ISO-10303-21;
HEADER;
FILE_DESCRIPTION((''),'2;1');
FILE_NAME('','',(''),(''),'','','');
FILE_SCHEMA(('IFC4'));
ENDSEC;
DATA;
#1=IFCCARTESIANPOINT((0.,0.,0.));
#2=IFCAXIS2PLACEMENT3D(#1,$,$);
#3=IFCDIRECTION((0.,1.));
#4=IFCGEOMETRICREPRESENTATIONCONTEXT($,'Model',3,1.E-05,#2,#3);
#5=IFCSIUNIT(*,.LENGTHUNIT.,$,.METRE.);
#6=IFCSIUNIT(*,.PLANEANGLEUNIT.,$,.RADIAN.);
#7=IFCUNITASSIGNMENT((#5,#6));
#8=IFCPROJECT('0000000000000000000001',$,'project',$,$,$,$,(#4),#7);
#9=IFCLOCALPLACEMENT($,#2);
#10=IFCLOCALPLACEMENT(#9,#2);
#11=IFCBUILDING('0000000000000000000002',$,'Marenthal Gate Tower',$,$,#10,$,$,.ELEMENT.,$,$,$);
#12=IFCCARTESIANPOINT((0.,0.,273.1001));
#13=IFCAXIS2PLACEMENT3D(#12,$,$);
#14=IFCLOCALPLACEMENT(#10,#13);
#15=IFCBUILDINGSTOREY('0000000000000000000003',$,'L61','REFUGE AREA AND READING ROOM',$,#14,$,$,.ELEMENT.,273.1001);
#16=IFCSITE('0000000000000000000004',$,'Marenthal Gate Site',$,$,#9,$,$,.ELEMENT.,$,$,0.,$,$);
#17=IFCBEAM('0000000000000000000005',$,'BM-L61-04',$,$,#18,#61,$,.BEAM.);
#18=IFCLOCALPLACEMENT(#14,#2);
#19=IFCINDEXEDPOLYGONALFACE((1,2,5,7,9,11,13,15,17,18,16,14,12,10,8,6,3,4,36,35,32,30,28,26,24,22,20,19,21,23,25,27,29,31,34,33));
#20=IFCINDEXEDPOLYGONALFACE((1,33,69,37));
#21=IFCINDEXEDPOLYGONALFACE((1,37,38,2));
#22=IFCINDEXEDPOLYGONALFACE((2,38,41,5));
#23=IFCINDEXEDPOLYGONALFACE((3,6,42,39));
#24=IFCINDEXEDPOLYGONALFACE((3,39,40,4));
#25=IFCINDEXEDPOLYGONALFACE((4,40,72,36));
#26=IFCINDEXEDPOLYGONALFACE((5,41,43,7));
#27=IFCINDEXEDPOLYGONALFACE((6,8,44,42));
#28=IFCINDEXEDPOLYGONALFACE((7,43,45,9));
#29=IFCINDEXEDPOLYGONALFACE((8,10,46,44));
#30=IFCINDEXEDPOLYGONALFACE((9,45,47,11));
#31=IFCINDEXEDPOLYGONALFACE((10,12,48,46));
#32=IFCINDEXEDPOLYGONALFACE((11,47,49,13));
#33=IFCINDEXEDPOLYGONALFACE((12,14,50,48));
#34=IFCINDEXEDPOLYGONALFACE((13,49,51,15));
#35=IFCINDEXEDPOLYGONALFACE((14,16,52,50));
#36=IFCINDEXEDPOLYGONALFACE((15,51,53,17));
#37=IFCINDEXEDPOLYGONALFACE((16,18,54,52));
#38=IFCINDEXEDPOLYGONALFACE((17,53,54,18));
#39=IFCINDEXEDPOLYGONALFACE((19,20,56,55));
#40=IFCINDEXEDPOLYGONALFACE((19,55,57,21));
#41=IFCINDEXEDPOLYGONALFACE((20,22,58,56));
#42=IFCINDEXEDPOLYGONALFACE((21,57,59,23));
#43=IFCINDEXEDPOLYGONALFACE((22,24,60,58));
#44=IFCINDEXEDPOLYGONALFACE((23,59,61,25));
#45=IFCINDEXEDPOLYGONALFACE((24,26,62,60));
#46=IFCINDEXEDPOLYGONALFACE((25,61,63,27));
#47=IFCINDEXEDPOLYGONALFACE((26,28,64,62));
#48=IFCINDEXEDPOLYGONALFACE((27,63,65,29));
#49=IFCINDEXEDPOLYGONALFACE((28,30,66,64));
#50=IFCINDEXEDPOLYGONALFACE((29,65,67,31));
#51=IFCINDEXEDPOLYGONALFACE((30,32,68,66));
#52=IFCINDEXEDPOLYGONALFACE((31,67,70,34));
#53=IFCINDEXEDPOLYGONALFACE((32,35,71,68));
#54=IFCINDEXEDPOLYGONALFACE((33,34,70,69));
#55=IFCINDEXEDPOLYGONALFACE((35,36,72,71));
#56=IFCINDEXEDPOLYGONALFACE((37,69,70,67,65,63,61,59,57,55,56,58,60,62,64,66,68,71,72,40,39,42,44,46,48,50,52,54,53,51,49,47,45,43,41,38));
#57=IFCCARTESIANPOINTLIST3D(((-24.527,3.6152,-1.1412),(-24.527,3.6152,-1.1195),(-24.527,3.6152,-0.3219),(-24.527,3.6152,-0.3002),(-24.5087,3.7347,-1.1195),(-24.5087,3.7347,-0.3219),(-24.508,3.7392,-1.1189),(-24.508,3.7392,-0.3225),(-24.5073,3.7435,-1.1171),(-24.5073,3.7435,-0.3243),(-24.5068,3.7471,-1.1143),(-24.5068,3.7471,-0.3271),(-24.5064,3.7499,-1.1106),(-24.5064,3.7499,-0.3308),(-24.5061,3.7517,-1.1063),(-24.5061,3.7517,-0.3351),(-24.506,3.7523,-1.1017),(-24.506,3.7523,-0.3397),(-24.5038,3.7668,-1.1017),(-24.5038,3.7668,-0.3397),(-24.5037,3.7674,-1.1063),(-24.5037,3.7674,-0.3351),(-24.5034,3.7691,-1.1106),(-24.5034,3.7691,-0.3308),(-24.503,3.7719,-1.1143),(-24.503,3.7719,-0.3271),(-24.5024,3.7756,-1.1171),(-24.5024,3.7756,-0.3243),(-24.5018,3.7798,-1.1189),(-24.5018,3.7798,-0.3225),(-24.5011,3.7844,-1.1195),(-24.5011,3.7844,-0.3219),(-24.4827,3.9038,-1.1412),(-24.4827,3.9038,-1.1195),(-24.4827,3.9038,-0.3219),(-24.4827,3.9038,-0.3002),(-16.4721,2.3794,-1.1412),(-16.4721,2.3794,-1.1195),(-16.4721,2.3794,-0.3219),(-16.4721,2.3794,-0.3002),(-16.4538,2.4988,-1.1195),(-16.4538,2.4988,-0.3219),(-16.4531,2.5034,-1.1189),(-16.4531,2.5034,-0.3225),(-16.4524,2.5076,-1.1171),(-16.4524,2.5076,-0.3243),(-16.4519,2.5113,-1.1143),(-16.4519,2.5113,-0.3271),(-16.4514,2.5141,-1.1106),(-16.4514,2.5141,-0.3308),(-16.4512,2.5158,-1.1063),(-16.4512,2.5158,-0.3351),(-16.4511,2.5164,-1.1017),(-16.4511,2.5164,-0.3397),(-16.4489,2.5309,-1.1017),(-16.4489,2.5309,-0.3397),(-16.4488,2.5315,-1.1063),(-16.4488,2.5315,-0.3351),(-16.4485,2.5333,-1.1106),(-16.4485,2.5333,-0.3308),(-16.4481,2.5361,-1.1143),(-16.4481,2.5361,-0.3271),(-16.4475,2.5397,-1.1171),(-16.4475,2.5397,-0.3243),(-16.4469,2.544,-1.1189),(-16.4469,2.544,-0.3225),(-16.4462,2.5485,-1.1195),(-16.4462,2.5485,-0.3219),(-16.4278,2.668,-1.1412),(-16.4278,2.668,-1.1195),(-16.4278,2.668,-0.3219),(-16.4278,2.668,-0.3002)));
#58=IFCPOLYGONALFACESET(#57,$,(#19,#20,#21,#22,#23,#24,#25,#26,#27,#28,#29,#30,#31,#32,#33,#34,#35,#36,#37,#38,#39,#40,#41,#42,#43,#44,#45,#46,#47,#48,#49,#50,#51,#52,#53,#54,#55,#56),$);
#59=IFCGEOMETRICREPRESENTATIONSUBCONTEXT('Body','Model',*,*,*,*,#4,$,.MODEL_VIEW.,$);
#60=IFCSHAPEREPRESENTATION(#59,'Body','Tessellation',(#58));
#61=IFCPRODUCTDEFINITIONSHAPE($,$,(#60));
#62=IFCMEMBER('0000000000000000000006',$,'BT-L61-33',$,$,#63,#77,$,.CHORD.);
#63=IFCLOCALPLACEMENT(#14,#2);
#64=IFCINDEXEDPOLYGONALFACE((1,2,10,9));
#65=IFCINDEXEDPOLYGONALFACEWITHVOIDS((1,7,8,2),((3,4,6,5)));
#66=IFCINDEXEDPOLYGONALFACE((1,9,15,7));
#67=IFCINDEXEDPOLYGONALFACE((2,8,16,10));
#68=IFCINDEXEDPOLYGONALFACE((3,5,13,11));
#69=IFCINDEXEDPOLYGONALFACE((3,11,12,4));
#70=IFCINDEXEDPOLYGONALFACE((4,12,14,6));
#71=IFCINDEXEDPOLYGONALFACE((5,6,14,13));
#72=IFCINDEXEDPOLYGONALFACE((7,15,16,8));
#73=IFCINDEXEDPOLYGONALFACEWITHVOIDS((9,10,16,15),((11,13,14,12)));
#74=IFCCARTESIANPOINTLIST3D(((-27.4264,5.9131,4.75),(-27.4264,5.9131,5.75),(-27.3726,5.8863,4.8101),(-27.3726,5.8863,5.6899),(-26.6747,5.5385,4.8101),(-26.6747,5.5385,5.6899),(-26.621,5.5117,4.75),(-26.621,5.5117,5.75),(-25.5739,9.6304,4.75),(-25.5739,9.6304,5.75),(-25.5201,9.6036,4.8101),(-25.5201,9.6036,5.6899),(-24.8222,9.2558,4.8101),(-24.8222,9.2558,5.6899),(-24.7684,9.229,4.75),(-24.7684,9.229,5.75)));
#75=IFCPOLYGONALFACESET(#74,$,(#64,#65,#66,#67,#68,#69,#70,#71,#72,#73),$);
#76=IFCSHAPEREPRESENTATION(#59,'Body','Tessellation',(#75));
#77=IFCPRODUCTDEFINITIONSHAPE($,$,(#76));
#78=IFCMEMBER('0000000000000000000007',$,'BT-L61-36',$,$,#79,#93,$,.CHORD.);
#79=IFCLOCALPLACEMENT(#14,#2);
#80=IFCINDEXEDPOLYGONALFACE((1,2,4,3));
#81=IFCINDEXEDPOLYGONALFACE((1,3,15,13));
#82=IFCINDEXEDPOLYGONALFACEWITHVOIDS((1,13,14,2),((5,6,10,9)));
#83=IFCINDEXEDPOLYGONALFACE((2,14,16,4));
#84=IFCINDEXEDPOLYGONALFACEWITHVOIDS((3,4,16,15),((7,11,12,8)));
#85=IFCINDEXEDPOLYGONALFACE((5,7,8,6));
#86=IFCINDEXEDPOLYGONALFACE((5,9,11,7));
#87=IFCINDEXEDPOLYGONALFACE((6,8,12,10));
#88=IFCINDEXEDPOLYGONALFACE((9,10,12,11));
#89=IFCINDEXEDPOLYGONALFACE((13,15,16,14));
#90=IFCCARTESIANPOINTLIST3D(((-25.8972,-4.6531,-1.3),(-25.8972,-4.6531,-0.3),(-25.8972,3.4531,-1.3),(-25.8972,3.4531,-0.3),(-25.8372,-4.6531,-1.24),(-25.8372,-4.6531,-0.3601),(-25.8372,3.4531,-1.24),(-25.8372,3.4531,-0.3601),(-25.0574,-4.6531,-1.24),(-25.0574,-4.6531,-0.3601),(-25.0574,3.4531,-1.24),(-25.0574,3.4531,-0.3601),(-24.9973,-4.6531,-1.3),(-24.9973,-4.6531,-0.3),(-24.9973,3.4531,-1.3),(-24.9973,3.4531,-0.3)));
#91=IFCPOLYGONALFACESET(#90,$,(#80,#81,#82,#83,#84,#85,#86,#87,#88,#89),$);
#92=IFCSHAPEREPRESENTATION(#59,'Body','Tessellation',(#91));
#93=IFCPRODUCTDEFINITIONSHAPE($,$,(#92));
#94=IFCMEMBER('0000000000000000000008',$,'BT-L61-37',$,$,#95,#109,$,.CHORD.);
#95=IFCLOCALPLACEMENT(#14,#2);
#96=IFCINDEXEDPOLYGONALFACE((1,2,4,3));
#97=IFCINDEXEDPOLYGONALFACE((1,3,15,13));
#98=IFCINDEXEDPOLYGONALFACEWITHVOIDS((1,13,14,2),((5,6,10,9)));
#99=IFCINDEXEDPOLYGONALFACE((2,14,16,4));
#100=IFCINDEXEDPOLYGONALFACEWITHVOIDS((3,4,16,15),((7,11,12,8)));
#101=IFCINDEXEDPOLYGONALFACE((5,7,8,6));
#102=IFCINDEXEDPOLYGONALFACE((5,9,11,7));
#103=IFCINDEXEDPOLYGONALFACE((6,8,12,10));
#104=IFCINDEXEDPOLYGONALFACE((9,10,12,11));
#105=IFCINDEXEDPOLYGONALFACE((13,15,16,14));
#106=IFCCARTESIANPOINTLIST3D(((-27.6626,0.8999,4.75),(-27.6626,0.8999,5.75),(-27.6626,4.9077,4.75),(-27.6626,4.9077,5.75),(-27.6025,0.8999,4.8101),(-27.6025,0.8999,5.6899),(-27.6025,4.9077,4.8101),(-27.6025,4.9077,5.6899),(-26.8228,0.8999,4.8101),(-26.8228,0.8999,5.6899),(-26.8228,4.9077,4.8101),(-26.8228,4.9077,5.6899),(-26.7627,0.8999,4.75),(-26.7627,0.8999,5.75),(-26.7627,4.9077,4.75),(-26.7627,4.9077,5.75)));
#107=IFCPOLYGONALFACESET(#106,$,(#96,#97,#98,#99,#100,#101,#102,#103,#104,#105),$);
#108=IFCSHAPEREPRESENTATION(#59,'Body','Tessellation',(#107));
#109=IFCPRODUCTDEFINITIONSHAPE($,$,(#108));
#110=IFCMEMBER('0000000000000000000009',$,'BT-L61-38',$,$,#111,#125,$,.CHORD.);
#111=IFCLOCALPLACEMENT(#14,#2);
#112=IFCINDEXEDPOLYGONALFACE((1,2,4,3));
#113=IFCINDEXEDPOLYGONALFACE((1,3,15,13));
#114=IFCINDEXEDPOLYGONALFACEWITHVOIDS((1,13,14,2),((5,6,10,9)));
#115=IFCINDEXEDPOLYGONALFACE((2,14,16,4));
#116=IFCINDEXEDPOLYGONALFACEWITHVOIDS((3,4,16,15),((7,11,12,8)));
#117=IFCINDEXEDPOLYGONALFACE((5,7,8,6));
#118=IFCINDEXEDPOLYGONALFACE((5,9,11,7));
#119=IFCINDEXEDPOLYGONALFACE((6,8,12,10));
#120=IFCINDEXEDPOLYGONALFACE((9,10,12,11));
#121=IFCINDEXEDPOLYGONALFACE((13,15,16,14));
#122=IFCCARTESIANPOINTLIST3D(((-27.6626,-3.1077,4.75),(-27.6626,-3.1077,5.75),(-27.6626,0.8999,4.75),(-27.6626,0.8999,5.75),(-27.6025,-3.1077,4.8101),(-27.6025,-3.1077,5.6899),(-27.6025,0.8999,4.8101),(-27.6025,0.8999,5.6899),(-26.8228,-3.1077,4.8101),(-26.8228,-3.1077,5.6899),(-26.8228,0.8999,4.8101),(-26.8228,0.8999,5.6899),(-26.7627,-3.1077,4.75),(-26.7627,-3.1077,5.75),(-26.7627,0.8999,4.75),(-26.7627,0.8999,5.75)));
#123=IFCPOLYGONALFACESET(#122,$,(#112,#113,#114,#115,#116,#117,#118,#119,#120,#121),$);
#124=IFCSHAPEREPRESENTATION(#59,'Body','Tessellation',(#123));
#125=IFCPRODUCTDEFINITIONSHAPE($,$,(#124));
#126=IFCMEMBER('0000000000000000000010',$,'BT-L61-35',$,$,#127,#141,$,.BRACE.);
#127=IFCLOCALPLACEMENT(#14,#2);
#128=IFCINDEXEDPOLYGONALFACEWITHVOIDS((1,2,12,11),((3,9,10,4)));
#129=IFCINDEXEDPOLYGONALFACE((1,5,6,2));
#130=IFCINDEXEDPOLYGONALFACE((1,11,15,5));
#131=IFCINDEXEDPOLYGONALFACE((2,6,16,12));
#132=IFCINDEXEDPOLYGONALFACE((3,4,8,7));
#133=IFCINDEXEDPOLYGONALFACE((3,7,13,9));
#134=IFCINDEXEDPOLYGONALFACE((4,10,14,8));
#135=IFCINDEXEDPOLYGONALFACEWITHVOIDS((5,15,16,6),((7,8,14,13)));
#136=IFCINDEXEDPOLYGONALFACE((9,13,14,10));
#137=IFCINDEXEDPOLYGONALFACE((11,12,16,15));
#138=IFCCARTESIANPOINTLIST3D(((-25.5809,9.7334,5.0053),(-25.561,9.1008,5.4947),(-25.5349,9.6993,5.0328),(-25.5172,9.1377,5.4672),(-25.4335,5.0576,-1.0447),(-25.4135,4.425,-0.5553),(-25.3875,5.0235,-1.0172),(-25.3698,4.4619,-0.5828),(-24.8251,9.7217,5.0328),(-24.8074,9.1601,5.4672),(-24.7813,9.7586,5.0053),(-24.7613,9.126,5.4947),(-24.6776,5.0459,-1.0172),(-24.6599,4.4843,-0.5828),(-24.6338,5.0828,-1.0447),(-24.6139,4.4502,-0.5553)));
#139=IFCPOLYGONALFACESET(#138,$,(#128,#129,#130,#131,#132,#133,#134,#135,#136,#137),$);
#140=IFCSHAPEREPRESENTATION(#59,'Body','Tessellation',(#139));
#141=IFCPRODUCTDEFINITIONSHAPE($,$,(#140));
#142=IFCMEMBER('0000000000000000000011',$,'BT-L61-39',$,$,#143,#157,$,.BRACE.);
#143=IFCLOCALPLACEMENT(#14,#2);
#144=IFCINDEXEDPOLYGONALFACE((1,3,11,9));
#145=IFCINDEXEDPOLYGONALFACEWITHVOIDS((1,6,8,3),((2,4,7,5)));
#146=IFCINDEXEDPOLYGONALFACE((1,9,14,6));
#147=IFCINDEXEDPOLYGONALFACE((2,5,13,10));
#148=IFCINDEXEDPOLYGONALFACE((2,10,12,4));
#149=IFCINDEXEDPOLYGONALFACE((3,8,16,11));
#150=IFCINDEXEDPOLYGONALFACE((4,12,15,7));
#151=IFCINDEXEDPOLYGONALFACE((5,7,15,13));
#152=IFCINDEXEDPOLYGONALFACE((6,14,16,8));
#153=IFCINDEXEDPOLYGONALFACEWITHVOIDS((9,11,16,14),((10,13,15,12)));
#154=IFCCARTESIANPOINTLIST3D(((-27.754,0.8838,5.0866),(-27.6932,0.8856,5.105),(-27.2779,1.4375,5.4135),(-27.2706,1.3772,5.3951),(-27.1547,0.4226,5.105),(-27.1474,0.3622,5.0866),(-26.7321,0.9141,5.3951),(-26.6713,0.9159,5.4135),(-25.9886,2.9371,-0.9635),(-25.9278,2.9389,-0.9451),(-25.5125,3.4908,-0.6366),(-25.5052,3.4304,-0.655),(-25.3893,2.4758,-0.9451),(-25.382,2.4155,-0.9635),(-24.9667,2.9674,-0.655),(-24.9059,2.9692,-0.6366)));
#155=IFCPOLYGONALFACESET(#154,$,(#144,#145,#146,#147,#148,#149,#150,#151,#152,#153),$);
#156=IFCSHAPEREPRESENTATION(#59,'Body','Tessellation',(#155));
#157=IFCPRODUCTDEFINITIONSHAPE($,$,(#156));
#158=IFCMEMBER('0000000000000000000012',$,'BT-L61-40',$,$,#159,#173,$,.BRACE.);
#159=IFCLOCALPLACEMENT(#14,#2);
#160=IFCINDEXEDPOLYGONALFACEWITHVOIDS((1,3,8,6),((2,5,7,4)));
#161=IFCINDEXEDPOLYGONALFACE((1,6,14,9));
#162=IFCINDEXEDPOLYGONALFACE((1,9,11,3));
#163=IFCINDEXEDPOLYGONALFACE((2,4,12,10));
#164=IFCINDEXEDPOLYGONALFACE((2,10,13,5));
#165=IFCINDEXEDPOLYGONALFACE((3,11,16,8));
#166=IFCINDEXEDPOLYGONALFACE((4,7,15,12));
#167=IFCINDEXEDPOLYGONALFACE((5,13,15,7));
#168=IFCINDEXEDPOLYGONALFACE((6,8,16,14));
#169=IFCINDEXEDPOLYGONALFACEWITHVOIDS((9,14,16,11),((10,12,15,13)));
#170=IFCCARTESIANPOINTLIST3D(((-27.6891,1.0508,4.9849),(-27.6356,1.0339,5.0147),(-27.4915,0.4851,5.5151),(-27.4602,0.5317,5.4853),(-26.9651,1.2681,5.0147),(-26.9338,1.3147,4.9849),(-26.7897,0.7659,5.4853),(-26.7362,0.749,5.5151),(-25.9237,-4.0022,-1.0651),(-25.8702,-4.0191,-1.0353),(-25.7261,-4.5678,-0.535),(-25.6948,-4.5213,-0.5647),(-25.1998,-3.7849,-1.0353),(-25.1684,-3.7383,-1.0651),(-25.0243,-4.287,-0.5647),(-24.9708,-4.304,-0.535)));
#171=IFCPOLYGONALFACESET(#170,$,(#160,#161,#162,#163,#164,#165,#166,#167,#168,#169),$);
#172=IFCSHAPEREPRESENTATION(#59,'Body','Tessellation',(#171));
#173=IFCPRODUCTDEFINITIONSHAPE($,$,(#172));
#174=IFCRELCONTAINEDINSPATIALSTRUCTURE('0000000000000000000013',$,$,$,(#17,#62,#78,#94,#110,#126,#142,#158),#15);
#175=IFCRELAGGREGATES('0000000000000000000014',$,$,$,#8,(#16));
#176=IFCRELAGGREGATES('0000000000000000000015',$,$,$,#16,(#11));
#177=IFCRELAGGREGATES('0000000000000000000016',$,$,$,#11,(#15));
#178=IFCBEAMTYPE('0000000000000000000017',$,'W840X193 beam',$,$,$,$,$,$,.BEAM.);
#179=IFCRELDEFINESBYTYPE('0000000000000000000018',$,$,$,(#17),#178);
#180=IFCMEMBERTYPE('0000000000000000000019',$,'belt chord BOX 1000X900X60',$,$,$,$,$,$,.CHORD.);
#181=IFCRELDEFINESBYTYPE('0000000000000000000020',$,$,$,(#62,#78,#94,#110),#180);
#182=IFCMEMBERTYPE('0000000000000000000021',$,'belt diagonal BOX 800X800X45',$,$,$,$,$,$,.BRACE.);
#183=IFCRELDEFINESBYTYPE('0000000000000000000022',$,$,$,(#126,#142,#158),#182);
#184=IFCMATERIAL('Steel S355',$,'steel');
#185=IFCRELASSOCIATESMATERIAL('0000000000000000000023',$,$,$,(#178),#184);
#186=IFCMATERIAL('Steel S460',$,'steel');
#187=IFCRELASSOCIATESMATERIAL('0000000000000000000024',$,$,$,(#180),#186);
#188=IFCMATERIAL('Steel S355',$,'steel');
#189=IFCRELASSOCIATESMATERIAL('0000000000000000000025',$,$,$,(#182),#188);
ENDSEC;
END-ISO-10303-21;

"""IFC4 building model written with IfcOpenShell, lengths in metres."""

from ifc_helpers import new_model, si_unit, direction, frame, origin, origin_2d, place, context, subcontext, project, spatial, hollow_rectangle, i_section, extrude, material, material_profile, profile_set, type_object, element, save


model = new_model("IFC4")

# Units and contexts
model_context = context("Model", 3, precision=1e-05, world=origin(), true_north=direction((0.0, 1.0)))
body_context = subcontext(model_context, "Body", "Model", "MODEL_VIEW")
ifc_project = project(units=[si_unit("LENGTHUNIT", "METRE"), si_unit("PLANEANGLEUNIT", "RADIAN")], contexts=[model_context])

# Site, building, storey
site_placement = place(None, origin())
site = spatial("IfcSite", under=ifc_project, at=site_placement, Name="Marenthal Gate Site", CompositionType="ELEMENT", RefElevation=0.0)
building_placement = place(site_placement, origin())
building = spatial("IfcBuilding", under=site, at=building_placement, Name="Marenthal Gate Tower", CompositionType="ELEMENT")
storey_placement = place(building_placement, frame((0.0, 0.0, 273.1001)))
storey = spatial("IfcBuildingStorey", under=building, at=storey_placement, Name="L61", Description="REFUGE AREA AND READING ROOM", CompositionType="ELEMENT", Elevation=273.1001)

# Beam
ifc_material_1 = material(Name="Steel S355", Category="steel")
ifc_material_profile_1 = material_profile(ifc_material_1, i_section(OverallWidth=0.292, OverallDepth=0.8411, WebThickness=0.0146, FlangeThickness=0.0217, FilletRadius=0.0178, at=origin_2d()), Name="W840X193")
ifc_profile_set_1 = profile_set([ifc_material_profile_1], Name="Steel S355")
beam_type_1 = type_object("IfcBeamType", Name="W840X193 beam", PredefinedType="BEAM", material=ifc_profile_set_1)
beam_1_placement = place(storey_placement, frame((-24.5049, 3.7595, -0.7207), z_axis=(0.988434, -0.151652, 0.0), x_axis=(0.151652, 0.988434, 0.0)))
element("IfcBeam", 1, at=beam_1_placement, inside=storey, type_object=beam_type_1, Name="BM-L61-04", PredefinedType="BEAM", context=body_context, shape_type="SweptSolid", body=[
    extrude(i_section(OverallWidth=0.292, OverallDepth=0.8411, WebThickness=0.0146, FlangeThickness=0.0217, FilletRadius=0.0178, at=origin_2d()), origin(), (0.0, 0.0, 1.0), 8.1492),
])

# Members
ifc_material_2 = material(Name="Steel S460", Category="steel")
ifc_material_profile_2 = material_profile(ifc_material_2, hollow_rectangle(XDim=0.8999, YDim=1.0, WallThickness=0.0601, at=origin_2d()), Name="BOX 1000X900X60")
ifc_profile_set_2 = profile_set([ifc_material_profile_2], Name="Steel S460")
member_type_1 = type_object("IfcMemberType", Name="belt chord BOX 1000X900X60", PredefinedType="CHORD", material=ifc_profile_set_2)
member_1_placement = place(storey_placement, frame((-25.1711, 9.4297, 5.25), z_axis=(-0.446038, -0.895014, 0.0), x_axis=(0.895014, -0.446038, 0.0)))
element("IfcMember", 2, at=member_1_placement, inside=storey, type_object=member_type_1, Name="BT-L61-33", PredefinedType="CHORD", context=body_context, shape_type="SweptSolid", body=[
    extrude(hollow_rectangle(XDim=0.8999, YDim=1.0, WallThickness=0.0601, at=origin_2d()), origin(), (0.0, 0.0, 1.0), 4.1533),
])
member_2_placement = place(storey_placement, frame((-25.4473, 3.4531, -0.8), z_axis=(0.0, -1.0, 0.0), x_axis=(1.0, 0.0, 0.0)))
element("IfcMember", 3, at=member_2_placement, inside=storey, type_object=member_type_1, Name="BT-L61-36", PredefinedType="CHORD", context=body_context, shape_type="SweptSolid", body=[
    extrude(hollow_rectangle(XDim=0.8999, YDim=1.0, WallThickness=0.0601, at=origin_2d()), origin(), (0.0, 0.0, 1.0), 8.1062),
])
member_3_placement = place(storey_placement, frame((-27.2126, 4.9077, 5.25), z_axis=(0.0, -1.0, 0.0), x_axis=(1.0, 0.0, 0.0)))
element("IfcMember", 4, at=member_3_placement, inside=storey, type_object=member_type_1, Name="BT-L61-37", PredefinedType="CHORD", context=body_context, shape_type="SweptSolid", body=[
    extrude(hollow_rectangle(XDim=0.8999, YDim=1.0, WallThickness=0.0601, at=origin_2d()), origin(), (0.0, 0.0, 1.0), 4.0078),
])
member_4_placement = place(storey_placement, frame((-27.2126, 0.8999, 5.25), z_axis=(0.0, -1.0, 0.0), x_axis=(1.0, 0.0, 0.0)))
element("IfcMember", 5, at=member_4_placement, inside=storey, type_object=member_type_1, Name="BT-L61-38", PredefinedType="CHORD", context=body_context, shape_type="SweptSolid", body=[
    extrude(hollow_rectangle(XDim=0.8999, YDim=1.0, WallThickness=0.0601, at=origin_2d()), origin(), (0.0, 0.0, 1.0), 4.0076),
])
ifc_material_3 = material(Name="Steel S355", Category="steel")
ifc_material_profile_3 = material_profile(ifc_material_3, hollow_rectangle(XDim=0.8, YDim=0.8, WallThickness=0.0449, at=origin_2d()), Name="BOX 800X800X45")
ifc_profile_set_3 = profile_set([ifc_material_profile_3], Name="Steel S355")
member_type_2 = type_object("IfcMemberType", Name="belt diagonal BOX 800X800X45", PredefinedType="BRACE", material=ifc_profile_set_3)
member_5_placement = place(storey_placement, frame((-25.1711, 9.4297, 5.25), z_axis=(0.019282, -0.611395, -0.791091), x_axis=(0.999503, 0.031522, 0.0)))
element("IfcMember", 6, at=member_5_placement, inside=storey, type_object=member_type_2, Name="BT-L61-35", PredefinedType="BRACE", context=body_context, shape_type="SweptSolid", body=[
    extrude(hollow_rectangle(XDim=0.8, YDim=0.8, WallThickness=0.0449, at=origin_2d()), origin(), (0.0, 0.0, 1.0), 7.6477),
])
member_6_placement = place(storey_placement, frame((-25.4473, 2.9531, -0.8), z_axis=(-0.266337, -0.309762, 0.91275), x_axis=(0.758257, -0.651956, 0.0)))
element("IfcMember", 7, at=member_6_placement, inside=storey, type_object=member_type_2, Name="BT-L61-39", PredefinedType="BRACE", context=body_context, shape_type="SweptSolid", body=[
    extrude(hollow_rectangle(XDim=0.8, YDim=0.8, WallThickness=0.0449, at=origin_2d()), origin(), (0.0, 0.0, 1.0), 6.6284),
])
member_7_placement = place(storey_placement, frame((-27.2126, 0.8999, 5.25), z_axis=(0.218545, -0.625532, -0.748964), x_axis=(0.944042, 0.329824, 0.0)))
element("IfcMember", 8, at=member_7_placement, inside=storey, type_object=member_type_2, Name="BT-L61-40", PredefinedType="BRACE", context=body_context, shape_type="SweptSolid", body=[
    extrude(hollow_rectangle(XDim=0.8, YDim=0.8, WallThickness=0.0449, at=origin_2d()), origin(), (0.0, 0.0, 1.0), 8.0779),
])

save(model, "model.ifc")
